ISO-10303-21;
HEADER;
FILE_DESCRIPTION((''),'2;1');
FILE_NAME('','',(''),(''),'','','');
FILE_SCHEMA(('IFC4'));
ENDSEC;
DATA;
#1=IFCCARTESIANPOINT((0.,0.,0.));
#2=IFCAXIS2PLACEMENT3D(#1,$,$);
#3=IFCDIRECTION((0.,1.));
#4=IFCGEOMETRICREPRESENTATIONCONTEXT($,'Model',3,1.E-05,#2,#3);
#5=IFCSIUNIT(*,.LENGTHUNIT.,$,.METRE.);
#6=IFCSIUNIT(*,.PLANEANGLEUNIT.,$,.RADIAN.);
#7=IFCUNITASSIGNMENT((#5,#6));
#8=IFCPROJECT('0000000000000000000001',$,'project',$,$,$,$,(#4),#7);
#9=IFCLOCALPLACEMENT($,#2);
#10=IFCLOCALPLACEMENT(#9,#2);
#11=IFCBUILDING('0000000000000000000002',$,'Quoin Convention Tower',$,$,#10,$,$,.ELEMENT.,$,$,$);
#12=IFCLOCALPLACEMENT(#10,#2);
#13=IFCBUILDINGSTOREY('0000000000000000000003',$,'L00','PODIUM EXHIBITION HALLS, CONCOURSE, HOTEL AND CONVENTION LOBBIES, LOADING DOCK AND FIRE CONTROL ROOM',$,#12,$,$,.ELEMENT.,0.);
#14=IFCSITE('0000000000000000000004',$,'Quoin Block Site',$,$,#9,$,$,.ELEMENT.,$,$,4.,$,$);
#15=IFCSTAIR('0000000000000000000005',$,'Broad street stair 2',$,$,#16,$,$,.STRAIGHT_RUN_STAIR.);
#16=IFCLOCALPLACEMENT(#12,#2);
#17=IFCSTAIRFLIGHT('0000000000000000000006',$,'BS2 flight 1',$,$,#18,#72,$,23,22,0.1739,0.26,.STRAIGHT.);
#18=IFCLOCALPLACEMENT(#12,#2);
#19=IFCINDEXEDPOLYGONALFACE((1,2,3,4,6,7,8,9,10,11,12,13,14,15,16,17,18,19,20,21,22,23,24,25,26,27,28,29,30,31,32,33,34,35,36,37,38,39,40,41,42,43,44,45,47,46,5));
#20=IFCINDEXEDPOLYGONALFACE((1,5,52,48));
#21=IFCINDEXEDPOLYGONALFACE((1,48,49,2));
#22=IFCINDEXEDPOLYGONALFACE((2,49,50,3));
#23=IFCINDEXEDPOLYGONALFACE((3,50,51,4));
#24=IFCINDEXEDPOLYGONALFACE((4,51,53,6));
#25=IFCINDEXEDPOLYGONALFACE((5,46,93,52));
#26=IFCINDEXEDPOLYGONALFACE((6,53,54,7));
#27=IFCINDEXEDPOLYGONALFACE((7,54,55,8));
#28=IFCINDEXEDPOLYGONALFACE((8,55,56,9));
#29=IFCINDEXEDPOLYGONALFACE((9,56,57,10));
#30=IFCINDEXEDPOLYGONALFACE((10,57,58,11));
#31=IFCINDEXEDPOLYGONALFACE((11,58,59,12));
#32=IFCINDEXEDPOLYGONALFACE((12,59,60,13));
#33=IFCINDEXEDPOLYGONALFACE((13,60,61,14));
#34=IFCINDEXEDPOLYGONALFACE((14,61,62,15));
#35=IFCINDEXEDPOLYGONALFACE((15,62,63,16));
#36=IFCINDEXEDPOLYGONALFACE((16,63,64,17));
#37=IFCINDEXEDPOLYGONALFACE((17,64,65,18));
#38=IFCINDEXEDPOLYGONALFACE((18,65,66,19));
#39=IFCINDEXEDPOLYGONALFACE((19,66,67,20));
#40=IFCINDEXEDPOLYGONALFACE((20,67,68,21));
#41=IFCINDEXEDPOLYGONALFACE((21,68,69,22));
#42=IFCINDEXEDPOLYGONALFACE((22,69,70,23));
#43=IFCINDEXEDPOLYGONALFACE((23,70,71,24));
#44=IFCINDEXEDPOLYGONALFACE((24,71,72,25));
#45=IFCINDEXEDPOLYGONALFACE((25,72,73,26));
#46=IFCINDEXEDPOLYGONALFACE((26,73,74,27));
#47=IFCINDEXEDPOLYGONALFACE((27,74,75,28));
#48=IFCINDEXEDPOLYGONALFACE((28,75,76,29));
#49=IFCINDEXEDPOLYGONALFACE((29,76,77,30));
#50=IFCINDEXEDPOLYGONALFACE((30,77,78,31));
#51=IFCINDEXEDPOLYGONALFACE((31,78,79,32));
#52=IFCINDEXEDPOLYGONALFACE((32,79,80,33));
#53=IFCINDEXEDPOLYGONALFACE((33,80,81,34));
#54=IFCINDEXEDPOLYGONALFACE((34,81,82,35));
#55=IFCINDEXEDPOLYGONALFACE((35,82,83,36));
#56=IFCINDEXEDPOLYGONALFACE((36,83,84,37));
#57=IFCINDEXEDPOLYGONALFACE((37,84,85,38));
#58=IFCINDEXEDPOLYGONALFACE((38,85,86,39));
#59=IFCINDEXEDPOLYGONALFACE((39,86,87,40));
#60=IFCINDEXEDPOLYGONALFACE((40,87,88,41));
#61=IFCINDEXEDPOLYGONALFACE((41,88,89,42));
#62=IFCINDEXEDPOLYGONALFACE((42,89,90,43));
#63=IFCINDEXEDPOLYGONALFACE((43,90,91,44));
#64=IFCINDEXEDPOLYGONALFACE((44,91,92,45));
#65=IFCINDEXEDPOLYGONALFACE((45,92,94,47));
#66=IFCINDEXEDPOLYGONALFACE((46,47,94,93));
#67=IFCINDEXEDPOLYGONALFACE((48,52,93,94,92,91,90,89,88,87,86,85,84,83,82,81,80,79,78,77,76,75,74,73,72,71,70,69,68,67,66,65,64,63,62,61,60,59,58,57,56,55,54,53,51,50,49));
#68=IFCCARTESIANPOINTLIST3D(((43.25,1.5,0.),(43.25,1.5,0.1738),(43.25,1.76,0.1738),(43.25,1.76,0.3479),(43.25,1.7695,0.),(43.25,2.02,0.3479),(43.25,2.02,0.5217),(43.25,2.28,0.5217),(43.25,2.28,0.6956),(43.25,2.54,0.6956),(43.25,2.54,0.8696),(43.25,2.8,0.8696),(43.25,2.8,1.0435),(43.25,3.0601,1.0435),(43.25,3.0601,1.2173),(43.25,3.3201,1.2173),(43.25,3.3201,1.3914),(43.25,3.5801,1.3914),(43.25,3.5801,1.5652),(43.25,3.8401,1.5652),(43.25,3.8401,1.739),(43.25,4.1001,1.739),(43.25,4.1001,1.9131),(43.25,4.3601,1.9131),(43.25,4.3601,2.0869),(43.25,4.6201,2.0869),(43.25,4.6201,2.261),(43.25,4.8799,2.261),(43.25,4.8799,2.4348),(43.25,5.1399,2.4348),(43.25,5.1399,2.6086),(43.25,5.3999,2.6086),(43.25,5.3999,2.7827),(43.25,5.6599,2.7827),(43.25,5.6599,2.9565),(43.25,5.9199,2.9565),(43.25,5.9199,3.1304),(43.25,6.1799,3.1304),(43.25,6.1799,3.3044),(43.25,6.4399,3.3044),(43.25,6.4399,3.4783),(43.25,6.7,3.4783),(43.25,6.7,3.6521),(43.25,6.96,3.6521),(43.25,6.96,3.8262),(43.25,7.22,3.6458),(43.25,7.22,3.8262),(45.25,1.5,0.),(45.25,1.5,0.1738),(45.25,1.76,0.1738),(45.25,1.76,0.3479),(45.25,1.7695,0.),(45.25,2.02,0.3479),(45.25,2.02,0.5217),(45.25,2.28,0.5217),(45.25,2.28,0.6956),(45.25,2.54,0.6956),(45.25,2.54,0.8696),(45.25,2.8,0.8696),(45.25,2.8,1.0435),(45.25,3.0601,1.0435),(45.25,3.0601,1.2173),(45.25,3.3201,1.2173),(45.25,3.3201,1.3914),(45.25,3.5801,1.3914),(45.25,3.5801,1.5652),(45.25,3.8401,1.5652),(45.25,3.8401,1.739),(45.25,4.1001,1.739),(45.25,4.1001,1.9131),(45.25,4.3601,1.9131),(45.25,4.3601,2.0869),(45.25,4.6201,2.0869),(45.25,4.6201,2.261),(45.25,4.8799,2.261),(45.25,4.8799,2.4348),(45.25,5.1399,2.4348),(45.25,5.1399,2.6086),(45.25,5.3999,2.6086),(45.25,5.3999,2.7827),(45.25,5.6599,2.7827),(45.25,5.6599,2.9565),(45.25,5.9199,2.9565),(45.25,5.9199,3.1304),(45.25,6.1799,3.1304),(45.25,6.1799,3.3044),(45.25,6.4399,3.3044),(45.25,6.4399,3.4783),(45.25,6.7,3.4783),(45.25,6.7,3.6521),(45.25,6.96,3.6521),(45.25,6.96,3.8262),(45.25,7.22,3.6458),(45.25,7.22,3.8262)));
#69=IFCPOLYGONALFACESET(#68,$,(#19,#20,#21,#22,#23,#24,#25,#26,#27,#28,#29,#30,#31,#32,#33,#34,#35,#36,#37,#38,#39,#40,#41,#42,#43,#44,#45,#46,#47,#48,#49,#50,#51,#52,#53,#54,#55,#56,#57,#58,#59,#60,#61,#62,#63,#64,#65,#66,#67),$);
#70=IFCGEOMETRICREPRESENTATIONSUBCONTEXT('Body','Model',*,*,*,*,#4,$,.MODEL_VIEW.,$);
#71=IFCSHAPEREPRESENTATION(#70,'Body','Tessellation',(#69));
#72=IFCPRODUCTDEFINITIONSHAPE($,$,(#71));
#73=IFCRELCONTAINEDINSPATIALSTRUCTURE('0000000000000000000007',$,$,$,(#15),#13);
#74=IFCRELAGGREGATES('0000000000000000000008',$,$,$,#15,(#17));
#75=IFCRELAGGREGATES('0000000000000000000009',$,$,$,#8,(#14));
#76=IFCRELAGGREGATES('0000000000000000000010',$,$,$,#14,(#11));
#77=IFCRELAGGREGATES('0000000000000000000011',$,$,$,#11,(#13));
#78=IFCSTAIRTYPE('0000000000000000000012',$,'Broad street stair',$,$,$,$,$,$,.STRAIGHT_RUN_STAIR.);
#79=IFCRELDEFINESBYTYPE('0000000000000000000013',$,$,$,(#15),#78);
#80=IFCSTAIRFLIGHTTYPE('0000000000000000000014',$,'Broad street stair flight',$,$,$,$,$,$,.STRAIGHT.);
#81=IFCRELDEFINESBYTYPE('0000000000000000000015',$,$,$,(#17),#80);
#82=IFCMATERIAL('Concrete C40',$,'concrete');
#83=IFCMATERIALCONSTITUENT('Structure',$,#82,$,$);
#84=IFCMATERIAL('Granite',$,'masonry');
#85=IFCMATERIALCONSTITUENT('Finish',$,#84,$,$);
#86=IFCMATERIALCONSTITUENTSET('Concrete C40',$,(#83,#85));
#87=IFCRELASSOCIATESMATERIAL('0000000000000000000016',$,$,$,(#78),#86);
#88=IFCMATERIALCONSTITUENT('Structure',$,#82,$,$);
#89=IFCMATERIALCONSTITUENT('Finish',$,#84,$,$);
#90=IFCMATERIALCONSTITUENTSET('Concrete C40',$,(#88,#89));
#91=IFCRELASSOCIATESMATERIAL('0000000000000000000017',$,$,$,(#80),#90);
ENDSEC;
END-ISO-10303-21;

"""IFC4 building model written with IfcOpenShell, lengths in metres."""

from ifc_helpers import new_model, si_unit, direction, frame, origin, place, context, subcontext, project, spatial, polyline, outline, extrude, material, constituent, constituent_set, type_object, element, aggregate, save


model = new_model("IFC4")

# Units and contexts
model_context = context("Model", 3, precision=1e-05, world=origin(), true_north=direction((0.0, 1.0)))
body_context = subcontext(model_context, "Body", "Model", "MODEL_VIEW")
ifc_project = project(units=[si_unit("LENGTHUNIT", "METRE"), si_unit("PLANEANGLEUNIT", "RADIAN")], contexts=[model_context])

# Site, building, storey
site_placement = place(None, origin())
site = spatial("IfcSite", under=ifc_project, at=site_placement, Name="Quoin Block Site", CompositionType="ELEMENT", RefElevation=4.0)
building_placement = place(site_placement, origin())
building = spatial("IfcBuilding", under=site, at=building_placement, Name="Quoin Convention Tower", CompositionType="ELEMENT")
storey_placement = place(building_placement, origin())
storey = spatial("IfcBuildingStorey", under=building, at=storey_placement, Name="L00", Description="PODIUM EXHIBITION HALLS, CONCOURSE, HOTEL AND CONVENTION LOBBIES, LOADING DOCK AND FIRE CONTROL ROOM", CompositionType="ELEMENT", Elevation=0.0)

# Shared definitions
ifc_material_1 = material(Name="Concrete C40", Category="concrete")

# Stair, stair flight
ifc_constituent_1 = constituent(ifc_material_1, Name="Structure")
ifc_material_2 = material(Name="Granite", Category="masonry")
ifc_constituent_2 = constituent(ifc_material_2, Name="Finish")
ifc_constituent_set_1 = constituent_set(constituents=[ifc_constituent_1, ifc_constituent_2], Name="Concrete C40")
stair_type = type_object("IfcStairType", Name="Broad street stair", PredefinedType="STRAIGHT_RUN_STAIR", material=ifc_constituent_set_1)
ifc_constituent_3 = constituent(ifc_material_1, Name="Structure")
ifc_constituent_4 = constituent(ifc_material_2, Name="Finish")
ifc_constituent_set_2 = constituent_set(constituents=[ifc_constituent_3, ifc_constituent_4], Name="Concrete C40")
stair_flight_type = type_object("IfcStairFlightType", Name="Broad street stair flight", PredefinedType="STRAIGHT", material=ifc_constituent_set_2)
stair_1_placement = place(storey_placement, origin())
stair_1 = element("IfcStair", 1, at=stair_1_placement, inside=storey, type_object=stair_type, Name="Broad street stair 2", PredefinedType="STRAIGHT_RUN_STAIR")
stair_flight_1_placement = place(storey_placement, frame((44.25, 1.5, 0.0), z_axis=(0.0, 0.0, 1.0), x_axis=(0.0, 1.0, 0.0)))
stair_flight_1 = element("IfcStairFlight", 2, at=stair_flight_1_placement, type_object=stair_flight_type, Name="BS2 flight 1", NumberOfRisers=23, NumberOfTreads=22, PredefinedType="STRAIGHT", RiserHeight=0.1739, TreadLength=0.26, context=body_context, shape_type="SweptSolid", body=[
    extrude(outline(polyline([(0.0, 0.0), (0.0, 0.1738), (0.26, 0.1738), (0.26, 0.3479), (0.52, 0.3479), (0.52, 0.5217), (0.78, 0.5217), (0.78, 0.6956), (1.04, 0.6956), (1.04, 0.8696), (1.3, 0.8696), (1.3, 1.0435), (1.5601, 1.0435), (1.5601, 1.2173), (1.8201, 1.2173), (1.8201, 1.3914), (2.0801, 1.3914), (2.0801, 1.5652), (2.3401, 1.5652), (2.3401, 1.739), (2.6001, 1.739), (2.6001, 1.9131), (2.8601, 1.9131), (2.8601, 2.0869), (3.1201, 2.0869), (3.1201, 2.261), (3.3799, 2.261), (3.3799, 2.4348), (3.6399, 2.4348), (3.6399, 2.6086), (3.8999, 2.6086), (3.8999, 2.7827), (4.1599, 2.7827), (4.1599, 2.9565), (4.4199, 2.9565), (4.4199, 3.1304), (4.6799, 3.1304), (4.6799, 3.3044), (4.9399, 3.3044), (4.9399, 3.4783), (5.2, 3.4783), (5.2, 3.6521), (5.46, 3.6521), (5.46, 3.8262), (5.72, 3.8262), (5.72, 4.0), (5.72, 3.6458), (0.2695, 0.0), (0.0, 0.0)])), frame((0.0, 1.0, 0.0), z_axis=(0.0, -1.0, 0.0), x_axis=(1.0, 0.0, 0.0)), (0.0, 0.0, 1.0), 2.0),
])
aggregate(stair_1, [stair_flight_1])

save(model, "model.ifc")
